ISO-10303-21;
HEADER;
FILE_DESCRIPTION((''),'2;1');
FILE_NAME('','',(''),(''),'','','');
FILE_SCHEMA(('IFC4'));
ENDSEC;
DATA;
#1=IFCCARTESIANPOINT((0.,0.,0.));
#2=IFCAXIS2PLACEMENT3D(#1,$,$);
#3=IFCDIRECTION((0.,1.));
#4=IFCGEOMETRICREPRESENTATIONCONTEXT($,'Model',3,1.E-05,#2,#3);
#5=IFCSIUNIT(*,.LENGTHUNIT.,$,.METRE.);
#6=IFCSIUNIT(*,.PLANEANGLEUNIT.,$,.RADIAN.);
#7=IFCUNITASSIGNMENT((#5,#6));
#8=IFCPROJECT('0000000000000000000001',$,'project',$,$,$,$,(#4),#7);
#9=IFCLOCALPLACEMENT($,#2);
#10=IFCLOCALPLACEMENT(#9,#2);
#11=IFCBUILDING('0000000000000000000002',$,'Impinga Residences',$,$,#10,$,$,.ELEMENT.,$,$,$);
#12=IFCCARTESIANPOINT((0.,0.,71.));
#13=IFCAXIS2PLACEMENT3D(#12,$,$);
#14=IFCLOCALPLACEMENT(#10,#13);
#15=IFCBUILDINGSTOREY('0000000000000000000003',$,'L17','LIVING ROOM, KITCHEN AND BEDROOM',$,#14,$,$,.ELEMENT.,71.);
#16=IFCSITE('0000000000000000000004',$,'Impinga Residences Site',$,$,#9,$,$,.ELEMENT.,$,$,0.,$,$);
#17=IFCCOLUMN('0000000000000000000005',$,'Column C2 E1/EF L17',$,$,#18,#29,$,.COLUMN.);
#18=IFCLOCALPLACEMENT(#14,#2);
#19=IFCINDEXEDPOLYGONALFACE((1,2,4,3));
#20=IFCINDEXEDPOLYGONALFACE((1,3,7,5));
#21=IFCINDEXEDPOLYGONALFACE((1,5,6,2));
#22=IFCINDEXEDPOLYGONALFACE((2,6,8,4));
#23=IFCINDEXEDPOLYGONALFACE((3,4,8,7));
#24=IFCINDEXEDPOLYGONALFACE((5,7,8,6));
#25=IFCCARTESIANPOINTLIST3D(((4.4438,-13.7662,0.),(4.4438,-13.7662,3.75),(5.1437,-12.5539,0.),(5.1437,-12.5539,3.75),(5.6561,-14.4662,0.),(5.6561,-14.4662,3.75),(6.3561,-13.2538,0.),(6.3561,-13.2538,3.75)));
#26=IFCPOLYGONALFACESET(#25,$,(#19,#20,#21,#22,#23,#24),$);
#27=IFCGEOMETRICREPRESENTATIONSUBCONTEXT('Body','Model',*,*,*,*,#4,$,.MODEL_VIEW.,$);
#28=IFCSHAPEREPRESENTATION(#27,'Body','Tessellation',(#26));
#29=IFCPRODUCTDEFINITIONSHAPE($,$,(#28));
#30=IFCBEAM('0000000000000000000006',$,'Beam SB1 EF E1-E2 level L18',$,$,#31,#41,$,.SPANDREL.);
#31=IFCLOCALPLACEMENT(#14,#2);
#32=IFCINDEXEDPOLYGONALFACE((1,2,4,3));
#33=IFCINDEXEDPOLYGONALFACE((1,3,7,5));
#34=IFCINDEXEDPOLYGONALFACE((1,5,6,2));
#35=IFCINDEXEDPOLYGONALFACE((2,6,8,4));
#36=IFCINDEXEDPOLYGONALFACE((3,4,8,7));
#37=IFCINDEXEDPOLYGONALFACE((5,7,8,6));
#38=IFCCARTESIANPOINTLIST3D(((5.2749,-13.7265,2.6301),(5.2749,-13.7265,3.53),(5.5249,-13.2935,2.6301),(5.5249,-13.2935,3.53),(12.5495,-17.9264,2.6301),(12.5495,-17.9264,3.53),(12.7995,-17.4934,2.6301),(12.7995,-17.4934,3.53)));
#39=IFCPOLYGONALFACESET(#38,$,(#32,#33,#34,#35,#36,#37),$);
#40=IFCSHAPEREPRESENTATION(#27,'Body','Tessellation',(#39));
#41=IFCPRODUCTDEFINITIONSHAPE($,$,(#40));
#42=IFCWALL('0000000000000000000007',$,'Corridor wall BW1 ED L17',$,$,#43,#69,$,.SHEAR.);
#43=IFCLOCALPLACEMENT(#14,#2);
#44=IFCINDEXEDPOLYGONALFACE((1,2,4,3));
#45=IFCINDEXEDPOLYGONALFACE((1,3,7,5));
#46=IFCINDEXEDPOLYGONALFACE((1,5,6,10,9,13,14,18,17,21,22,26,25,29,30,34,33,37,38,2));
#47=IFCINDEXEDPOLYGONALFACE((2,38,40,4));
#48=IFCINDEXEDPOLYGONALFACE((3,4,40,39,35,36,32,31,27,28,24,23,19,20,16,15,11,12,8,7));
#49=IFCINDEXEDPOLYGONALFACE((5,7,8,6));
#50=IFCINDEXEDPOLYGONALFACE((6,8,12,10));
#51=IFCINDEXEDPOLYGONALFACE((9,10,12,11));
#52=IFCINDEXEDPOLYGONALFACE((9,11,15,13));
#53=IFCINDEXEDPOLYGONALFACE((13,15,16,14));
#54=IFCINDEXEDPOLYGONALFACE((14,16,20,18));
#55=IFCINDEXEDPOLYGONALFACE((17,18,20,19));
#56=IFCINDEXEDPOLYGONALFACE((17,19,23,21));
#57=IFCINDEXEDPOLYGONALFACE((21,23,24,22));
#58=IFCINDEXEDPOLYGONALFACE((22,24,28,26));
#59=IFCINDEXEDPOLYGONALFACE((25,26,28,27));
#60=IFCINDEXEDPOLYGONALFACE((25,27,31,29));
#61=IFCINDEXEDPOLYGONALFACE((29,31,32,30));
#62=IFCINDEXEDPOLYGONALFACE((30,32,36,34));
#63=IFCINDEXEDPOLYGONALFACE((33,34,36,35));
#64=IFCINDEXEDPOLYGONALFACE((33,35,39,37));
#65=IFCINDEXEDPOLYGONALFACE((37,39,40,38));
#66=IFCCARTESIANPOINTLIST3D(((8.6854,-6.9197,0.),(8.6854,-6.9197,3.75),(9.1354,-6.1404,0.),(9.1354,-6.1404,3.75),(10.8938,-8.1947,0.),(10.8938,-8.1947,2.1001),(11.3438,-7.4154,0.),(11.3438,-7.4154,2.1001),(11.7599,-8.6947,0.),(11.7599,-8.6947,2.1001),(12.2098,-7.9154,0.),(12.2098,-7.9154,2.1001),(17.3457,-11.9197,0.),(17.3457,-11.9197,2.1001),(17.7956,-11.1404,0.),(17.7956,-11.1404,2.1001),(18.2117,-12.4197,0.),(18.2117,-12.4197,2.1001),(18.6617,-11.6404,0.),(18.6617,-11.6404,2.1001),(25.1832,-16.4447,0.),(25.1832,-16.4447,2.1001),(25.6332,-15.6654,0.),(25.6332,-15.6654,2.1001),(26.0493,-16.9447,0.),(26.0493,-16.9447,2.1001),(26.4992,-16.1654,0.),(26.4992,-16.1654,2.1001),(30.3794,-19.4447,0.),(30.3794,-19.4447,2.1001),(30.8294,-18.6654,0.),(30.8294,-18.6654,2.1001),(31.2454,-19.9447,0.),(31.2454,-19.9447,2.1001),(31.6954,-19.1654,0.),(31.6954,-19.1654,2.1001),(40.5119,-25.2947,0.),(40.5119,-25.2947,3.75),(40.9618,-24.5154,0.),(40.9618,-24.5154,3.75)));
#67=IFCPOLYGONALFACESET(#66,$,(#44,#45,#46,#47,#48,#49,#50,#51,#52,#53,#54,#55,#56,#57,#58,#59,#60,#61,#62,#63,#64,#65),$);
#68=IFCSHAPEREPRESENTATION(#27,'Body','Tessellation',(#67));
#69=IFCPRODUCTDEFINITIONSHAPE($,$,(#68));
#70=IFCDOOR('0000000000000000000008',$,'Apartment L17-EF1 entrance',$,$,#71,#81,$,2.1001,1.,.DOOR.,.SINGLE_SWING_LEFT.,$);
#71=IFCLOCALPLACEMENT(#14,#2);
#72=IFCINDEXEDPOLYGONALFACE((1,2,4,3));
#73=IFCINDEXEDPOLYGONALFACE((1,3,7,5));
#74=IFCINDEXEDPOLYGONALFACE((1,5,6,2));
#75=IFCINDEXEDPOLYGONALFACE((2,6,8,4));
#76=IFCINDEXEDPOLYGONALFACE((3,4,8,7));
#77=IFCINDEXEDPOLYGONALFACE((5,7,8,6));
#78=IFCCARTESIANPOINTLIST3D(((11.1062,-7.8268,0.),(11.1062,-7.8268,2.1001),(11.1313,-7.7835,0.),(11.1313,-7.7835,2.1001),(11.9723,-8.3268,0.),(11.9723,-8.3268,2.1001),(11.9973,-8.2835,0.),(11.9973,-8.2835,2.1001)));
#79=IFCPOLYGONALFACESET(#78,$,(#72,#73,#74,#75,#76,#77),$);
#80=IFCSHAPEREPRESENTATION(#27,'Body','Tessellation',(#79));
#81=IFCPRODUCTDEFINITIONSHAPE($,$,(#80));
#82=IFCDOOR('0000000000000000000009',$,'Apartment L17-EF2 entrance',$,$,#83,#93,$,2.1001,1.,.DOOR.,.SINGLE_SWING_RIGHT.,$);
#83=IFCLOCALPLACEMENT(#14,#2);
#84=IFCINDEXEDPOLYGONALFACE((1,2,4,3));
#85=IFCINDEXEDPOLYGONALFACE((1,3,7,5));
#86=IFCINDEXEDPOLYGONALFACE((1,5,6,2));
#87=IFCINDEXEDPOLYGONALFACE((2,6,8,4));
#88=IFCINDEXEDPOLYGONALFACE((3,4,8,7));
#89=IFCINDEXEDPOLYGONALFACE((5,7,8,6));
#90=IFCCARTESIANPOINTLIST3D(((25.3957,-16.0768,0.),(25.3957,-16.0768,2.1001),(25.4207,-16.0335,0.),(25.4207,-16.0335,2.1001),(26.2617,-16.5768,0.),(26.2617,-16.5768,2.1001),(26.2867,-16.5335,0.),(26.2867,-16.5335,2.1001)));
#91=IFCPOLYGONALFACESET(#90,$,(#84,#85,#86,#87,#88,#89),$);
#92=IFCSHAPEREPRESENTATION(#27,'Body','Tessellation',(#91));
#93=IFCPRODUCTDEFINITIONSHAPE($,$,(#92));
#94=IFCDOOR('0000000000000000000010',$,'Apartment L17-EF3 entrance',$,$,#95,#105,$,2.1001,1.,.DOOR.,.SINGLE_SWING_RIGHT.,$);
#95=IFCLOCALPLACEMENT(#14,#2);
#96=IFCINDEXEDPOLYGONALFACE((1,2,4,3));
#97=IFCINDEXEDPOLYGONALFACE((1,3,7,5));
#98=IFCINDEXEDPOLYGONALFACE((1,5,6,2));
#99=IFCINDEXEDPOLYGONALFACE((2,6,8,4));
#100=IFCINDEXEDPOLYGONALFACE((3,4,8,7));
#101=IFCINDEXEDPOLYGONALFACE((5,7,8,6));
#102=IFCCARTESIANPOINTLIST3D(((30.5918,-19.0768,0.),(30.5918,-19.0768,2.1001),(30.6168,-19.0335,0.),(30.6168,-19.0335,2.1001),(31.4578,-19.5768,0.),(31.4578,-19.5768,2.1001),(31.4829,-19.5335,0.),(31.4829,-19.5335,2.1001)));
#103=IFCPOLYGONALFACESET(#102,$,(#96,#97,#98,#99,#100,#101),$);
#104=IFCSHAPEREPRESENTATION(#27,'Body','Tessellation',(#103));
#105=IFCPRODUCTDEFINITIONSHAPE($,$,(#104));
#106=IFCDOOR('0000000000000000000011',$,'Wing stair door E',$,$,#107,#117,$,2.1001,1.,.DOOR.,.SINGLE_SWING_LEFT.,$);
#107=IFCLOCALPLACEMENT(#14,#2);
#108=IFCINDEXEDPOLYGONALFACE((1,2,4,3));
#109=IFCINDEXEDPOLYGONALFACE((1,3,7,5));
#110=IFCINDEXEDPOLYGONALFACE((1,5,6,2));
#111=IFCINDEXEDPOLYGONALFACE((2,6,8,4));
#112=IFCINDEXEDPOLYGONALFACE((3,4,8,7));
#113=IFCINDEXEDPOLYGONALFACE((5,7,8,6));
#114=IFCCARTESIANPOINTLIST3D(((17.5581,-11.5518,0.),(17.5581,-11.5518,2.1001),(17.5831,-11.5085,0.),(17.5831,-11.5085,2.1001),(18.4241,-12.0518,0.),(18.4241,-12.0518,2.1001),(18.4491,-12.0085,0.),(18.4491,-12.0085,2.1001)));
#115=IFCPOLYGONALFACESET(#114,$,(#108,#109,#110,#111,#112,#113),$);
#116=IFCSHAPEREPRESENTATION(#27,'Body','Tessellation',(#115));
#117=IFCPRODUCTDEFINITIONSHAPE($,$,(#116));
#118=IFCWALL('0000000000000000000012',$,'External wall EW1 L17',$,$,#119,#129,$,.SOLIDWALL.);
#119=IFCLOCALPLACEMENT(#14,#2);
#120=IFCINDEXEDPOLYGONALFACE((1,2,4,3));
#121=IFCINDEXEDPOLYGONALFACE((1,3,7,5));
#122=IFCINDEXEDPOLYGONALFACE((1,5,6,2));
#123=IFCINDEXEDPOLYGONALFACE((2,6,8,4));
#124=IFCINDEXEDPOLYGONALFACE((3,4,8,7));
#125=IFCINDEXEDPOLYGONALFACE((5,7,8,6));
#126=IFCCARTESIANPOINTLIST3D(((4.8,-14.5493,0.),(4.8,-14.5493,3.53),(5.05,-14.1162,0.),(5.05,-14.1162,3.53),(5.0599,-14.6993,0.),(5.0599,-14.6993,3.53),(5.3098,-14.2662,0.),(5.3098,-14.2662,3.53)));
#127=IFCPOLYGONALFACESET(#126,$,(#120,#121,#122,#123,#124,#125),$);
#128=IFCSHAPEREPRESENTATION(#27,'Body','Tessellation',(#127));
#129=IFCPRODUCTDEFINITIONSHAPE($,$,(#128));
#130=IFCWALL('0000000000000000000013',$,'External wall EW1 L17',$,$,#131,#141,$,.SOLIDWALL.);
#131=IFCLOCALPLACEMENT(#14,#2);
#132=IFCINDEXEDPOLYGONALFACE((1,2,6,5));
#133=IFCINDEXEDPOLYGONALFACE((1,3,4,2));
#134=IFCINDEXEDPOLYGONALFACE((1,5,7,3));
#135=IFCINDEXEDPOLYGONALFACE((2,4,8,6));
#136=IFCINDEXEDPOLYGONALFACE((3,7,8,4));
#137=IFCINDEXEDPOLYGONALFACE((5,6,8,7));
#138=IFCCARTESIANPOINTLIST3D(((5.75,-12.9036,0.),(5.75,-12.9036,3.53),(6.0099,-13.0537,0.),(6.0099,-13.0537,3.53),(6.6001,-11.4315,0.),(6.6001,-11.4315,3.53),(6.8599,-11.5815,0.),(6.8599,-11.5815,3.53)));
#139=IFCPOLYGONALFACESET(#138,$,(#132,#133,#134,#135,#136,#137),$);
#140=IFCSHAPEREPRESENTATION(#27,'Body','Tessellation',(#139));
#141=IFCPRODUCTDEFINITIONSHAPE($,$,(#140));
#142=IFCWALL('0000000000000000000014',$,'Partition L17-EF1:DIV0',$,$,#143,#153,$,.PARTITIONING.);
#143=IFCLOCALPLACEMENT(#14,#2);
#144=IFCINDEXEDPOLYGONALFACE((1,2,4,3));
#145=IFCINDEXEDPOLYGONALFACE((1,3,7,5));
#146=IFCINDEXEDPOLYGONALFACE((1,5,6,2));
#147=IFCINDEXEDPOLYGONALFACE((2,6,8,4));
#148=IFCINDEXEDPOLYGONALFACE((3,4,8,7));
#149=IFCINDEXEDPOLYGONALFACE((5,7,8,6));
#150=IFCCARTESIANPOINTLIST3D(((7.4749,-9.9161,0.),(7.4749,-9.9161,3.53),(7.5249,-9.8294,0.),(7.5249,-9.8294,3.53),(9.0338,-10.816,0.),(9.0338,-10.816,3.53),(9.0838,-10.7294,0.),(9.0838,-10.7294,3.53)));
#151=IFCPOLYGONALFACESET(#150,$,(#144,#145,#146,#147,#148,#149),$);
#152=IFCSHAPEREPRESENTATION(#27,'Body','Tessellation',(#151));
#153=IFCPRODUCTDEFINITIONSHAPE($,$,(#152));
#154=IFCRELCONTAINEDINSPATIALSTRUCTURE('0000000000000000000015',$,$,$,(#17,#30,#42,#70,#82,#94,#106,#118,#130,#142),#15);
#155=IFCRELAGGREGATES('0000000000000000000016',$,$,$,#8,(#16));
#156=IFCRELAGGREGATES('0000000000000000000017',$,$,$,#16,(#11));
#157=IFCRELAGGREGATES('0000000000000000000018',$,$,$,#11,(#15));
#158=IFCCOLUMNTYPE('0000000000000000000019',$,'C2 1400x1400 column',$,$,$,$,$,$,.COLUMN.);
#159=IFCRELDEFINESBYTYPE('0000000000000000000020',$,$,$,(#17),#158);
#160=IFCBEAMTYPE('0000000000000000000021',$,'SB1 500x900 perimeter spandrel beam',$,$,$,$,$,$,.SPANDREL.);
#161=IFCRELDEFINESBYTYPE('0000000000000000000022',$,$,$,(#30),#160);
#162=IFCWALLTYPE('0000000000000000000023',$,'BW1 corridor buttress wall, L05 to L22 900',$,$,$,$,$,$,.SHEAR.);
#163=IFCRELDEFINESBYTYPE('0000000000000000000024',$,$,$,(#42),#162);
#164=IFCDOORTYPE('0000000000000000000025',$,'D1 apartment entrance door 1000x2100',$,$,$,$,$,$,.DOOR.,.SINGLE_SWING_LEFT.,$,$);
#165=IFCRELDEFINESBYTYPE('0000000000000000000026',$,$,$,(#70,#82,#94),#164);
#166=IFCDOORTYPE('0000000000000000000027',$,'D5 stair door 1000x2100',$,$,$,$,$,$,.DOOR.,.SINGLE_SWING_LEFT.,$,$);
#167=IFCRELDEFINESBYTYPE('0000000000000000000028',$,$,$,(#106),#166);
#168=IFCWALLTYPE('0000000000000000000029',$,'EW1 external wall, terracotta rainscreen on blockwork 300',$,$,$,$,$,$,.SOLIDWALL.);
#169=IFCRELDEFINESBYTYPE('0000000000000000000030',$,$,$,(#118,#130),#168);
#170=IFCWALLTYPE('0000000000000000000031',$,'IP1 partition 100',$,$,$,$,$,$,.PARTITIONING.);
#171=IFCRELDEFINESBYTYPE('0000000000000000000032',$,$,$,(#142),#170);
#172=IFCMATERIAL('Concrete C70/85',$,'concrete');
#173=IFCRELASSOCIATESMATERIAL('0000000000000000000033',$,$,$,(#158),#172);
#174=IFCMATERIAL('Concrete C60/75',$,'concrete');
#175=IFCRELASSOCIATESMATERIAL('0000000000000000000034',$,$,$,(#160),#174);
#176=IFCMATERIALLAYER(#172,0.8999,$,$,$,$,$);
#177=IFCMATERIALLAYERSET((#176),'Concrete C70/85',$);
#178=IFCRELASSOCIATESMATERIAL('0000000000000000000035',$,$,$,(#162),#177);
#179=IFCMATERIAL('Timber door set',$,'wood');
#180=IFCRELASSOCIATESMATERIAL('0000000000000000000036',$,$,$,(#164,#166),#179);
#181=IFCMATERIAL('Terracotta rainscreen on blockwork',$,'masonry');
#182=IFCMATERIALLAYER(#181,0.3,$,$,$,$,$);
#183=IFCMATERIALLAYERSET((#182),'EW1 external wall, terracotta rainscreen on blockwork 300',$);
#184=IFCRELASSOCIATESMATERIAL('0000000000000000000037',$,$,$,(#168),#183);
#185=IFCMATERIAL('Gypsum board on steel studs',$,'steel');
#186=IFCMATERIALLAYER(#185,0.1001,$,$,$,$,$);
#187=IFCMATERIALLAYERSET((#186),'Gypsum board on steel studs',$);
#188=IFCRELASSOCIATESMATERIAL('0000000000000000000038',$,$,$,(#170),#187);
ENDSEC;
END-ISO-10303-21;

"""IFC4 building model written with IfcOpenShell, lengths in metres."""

from ifc_helpers import new_model, si_unit, direction, frame, frame_2d, origin, origin_2d, place, context, subcontext, project, spatial, rectangle, extrude, material, layer, layer_set, material_profile, profile_set, type_object, element, fill, save


model = new_model("IFC4")

# Units and contexts
model_context = context("Model", 3, precision=1e-05, world=origin(), true_north=direction((0.0, 1.0)))
body_context = subcontext(model_context, "Body", "Model", "MODEL_VIEW")
ifc_project = project(units=[si_unit("LENGTHUNIT", "METRE"), si_unit("PLANEANGLEUNIT", "RADIAN")], contexts=[model_context])

# Site, building, storey
site_placement = place(None, origin())
site = spatial("IfcSite", under=ifc_project, at=site_placement, Name="Impinga Residences Site", CompositionType="ELEMENT", RefElevation=0.0)
building_placement = place(site_placement, origin())
building = spatial("IfcBuilding", under=site, at=building_placement, Name="Impinga Residences", CompositionType="ELEMENT")
storey_placement = place(building_placement, frame((0.0, 0.0, 71.0)))
storey = spatial("IfcBuildingStorey", under=building, at=storey_placement, Name="L17", Description="LIVING ROOM, KITCHEN AND BEDROOM", CompositionType="ELEMENT", Elevation=71.0)

# Column
ifc_material_1 = material(Name="Concrete C70/85", Category="concrete")
ifc_material_profile_1 = material_profile(ifc_material_1, rectangle(XDim=1.3999, YDim=1.3999, at=origin_2d()), Name="RC 1400x1400")
ifc_profile_set_1 = profile_set([ifc_material_profile_1], Name="Concrete C70/85")
column_type = type_object("IfcColumnType", Name="C2 1400x1400 column", PredefinedType="COLUMN", material=ifc_profile_set_1)
column_placement = place(storey_placement, frame((5.3999, -13.51, 0.0), z_axis=(0.0, 0.0, 1.0), x_axis=(-0.5, -0.866025, 0.0)))
element("IfcColumn", 1, at=column_placement, inside=storey, type_object=column_type, Name="Column C2 E1/EF L17", PredefinedType="COLUMN", context=body_context, shape_type="SweptSolid", body=[
    extrude(rectangle(XDim=1.3999, YDim=1.3999, at=origin_2d()), origin(), (0.0, 0.0, 1.0), 3.75),
])

# Beam
ifc_material_2 = material(Name="Concrete C60/75", Category="concrete")
ifc_material_profile_2 = material_profile(ifc_material_2, rectangle(XDim=0.5, YDim=0.8999, at=origin_2d()), Name="RC 500x900")
ifc_profile_set_2 = profile_set([ifc_material_profile_2], Name="Concrete C60/75")
beam_type = type_object("IfcBeamType", Name="SB1 500x900 perimeter spandrel beam", PredefinedType="SPANDREL", material=ifc_profile_set_2)
beam_placement = place(storey_placement, frame((5.3999, -13.51, 3.0801), z_axis=(0.866029, -0.499993, 0.0), x_axis=(0.499993, 0.866029, 0.0)))
element("IfcBeam", 2, at=beam_placement, inside=storey, type_object=beam_type, Name="Beam SB1 EF E1-E2 level L18", PredefinedType="SPANDREL", context=body_context, shape_type="SweptSolid", body=[
    extrude(rectangle(XDim=0.5, YDim=0.8999, at=origin_2d()), origin(), (0.0, 0.0, 1.0), 8.3999),
])

# Wall, openings, doors
ifc_layer_1 = layer(ifc_material_1, 0.8999)
ifc_layer_set_1 = layer_set([ifc_layer_1], Name="Concrete C70/85")
wall_type_1 = type_object("IfcWallType", Name="BW1 corridor buttress wall, L05 to L22 900", PredefinedType="SHEAR", material=ifc_layer_set_1)
wall_1_placement = place(storey_placement, frame((8.9104, -6.53, 0.0), z_axis=(0.0, 0.0, 1.0), x_axis=(0.866025, -0.5, 0.0)))
wall_1 = element("IfcWall", 3, at=wall_1_placement, inside=storey, type_object=wall_type_1, Name="Corridor wall BW1 ED L17", PredefinedType="SHEAR", context=body_context, shape_type="SweptSolid", body=[
    extrude(rectangle(XDim=36.75, YDim=0.8999, at=frame_2d((18.375, 0.0))), origin(), (0.0, 0.0, 1.0), 3.75),
])
opening_1_placement = place(wall_1_placement, frame((10.0, 0.0, 0.0)))
opening_1 = element("IfcOpeningElement", 4, at=opening_1_placement, cuts=wall_1, PredefinedType="OPENING", context=body_context, shape_type="SweptSolid", body=[
    extrude(rectangle(XDim=1.0, YDim=2.1001, at=frame_2d((0.5, 1.05))), frame((0.0, 0.46, 0.0), z_axis=(0.0, -1.0, 0.0), x_axis=(1.0, 0.0, 0.0)), (0.0, 0.0, 1.0), 0.9199),
])
opening_2_placement = place(wall_1_placement, frame((2.55, 0.0, 0.0)))
opening_2 = element("IfcOpeningElement", 5, at=opening_2_placement, cuts=wall_1, PredefinedType="OPENING", context=body_context, shape_type="SweptSolid", body=[
    extrude(rectangle(XDim=1.0, YDim=2.1001, at=frame_2d((0.5, 1.05))), frame((0.0, 0.46, 0.0), z_axis=(0.0, -1.0, 0.0), x_axis=(1.0, 0.0, 0.0)), (0.0, 0.0, 1.0), 0.9199),
])
opening_3_placement = place(wall_1_placement, frame((19.05, 0.0, 0.0)))
opening_3 = element("IfcOpeningElement", 6, at=opening_3_placement, cuts=wall_1, PredefinedType="OPENING", context=body_context, shape_type="SweptSolid", body=[
    extrude(rectangle(XDim=1.0, YDim=2.1001, at=frame_2d((0.5, 1.05))), frame((0.0, 0.46, 0.0), z_axis=(0.0, -1.0, 0.0), x_axis=(1.0, 0.0, 0.0)), (0.0, 0.0, 1.0), 0.9199),
])
opening_4_placement = place(wall_1_placement, frame((25.05, 0.0, 0.0)))
opening_4 = element("IfcOpeningElement", 7, at=opening_4_placement, cuts=wall_1, PredefinedType="OPENING", context=body_context, shape_type="SweptSolid", body=[
    extrude(rectangle(XDim=1.0, YDim=2.1001, at=frame_2d((0.5, 1.05))), frame((0.0, 0.46, 0.0), z_axis=(0.0, -1.0, 0.0), x_axis=(1.0, 0.0, 0.0)), (0.0, 0.0, 1.0), 0.9199),
])
ifc_material_3 = material(Name="Timber door set", Category="wood")
door_type_1 = type_object("IfcDoorType", Name="D1 apartment entrance door 1000x2100", OperationType="SINGLE_SWING_LEFT", PredefinedType="DOOR", material=ifc_material_3)
door_1_placement = place(opening_2_placement, origin())
door_1 = element("IfcDoor", 8, at=door_1_placement, inside=storey, type_object=door_type_1, Name="Apartment L17-EF1 entrance", OperationType="SINGLE_SWING_LEFT", OverallHeight=2.1001, OverallWidth=1.0, PredefinedType="DOOR", context=body_context, shape_type="SweptSolid", body=[
    extrude(rectangle(XDim=1.0, YDim=2.1001, at=frame_2d((0.5, 1.05))), frame((0.0, 0.0249, 0.0), z_axis=(0.0, -1.0, 0.0), x_axis=(1.0, 0.0, 0.0)), (0.0, 0.0, 1.0), 0.05),
])
fill(opening_2, door_1)
door_2_placement = place(opening_3_placement, origin())
door_2 = element("IfcDoor", 9, at=door_2_placement, inside=storey, type_object=door_type_1, Name="Apartment L17-EF2 entrance", OperationType="SINGLE_SWING_RIGHT", OverallHeight=2.1001, OverallWidth=1.0, PredefinedType="DOOR", context=body_context, shape_type="SweptSolid", body=[
    extrude(rectangle(XDim=1.0, YDim=2.1001, at=frame_2d((0.5, 1.05))), frame((0.0, 0.0249, 0.0), z_axis=(0.0, -1.0, 0.0), x_axis=(1.0, 0.0, 0.0)), (0.0, 0.0, 1.0), 0.05),
])
fill(opening_3, door_2)
door_3_placement = place(opening_4_placement, origin())
door_3 = element("IfcDoor", 10, at=door_3_placement, inside=storey, type_object=door_type_1, Name="Apartment L17-EF3 entrance", OperationType="SINGLE_SWING_RIGHT", OverallHeight=2.1001, OverallWidth=1.0, PredefinedType="DOOR", context=body_context, shape_type="SweptSolid", body=[
    extrude(rectangle(XDim=1.0, YDim=2.1001, at=frame_2d((0.5, 1.05))), frame((0.0, 0.0249, 0.0), z_axis=(0.0, -1.0, 0.0), x_axis=(1.0, 0.0, 0.0)), (0.0, 0.0, 1.0), 0.05),
])
fill(opening_4, door_3)
door_type_2 = type_object("IfcDoorType", Name="D5 stair door 1000x2100", OperationType="SINGLE_SWING_LEFT", PredefinedType="DOOR", material=ifc_material_3)
door_4_placement = place(opening_1_placement, origin())
door_4 = element("IfcDoor", 11, at=door_4_placement, inside=storey, type_object=door_type_2, Name="Wing stair door E", OperationType="SINGLE_SWING_LEFT", OverallHeight=2.1001, OverallWidth=1.0, PredefinedType="DOOR", context=body_context, shape_type="SweptSolid", body=[
    extrude(rectangle(XDim=1.0, YDim=2.1001, at=frame_2d((0.5, 1.05))), frame((0.0, 0.0249, 0.0), z_axis=(0.0, -1.0, 0.0), x_axis=(1.0, 0.0, 0.0)), (0.0, 0.0, 1.0), 0.05),
])
fill(opening_1, door_4)

# Walls
ifc_material_4 = material(Name="Terracotta rainscreen on blockwork", Category="masonry")
ifc_layer_2 = layer(ifc_material_4, 0.3)
ifc_layer_set_2 = layer_set([ifc_layer_2], Name="EW1 external wall, terracotta rainscreen on blockwork 300")
wall_type_2 = type_object("IfcWallType", Name="EW1 external wall, terracotta rainscreen on blockwork 300", PredefinedType="SOLIDWALL", material=ifc_layer_set_2)
wall_2_placement = place(storey_placement, frame((4.9299, -14.6243, 0.0), z_axis=(0.0, 0.0, 1.0), x_axis=(0.49992, 0.866072, 0.0)))
element("IfcWall", 12, at=wall_2_placement, inside=storey, type_object=wall_type_2, Name="External wall EW1 L17", PredefinedType="SOLIDWALL", context=body_context, shape_type="SweptSolid", body=[
    extrude(rectangle(XDim=0.5, YDim=0.3, at=frame_2d((0.25, 0.0))), origin(), (0.0, 0.0, 1.0), 3.53),
])
wall_3_placement = place(storey_placement, frame((5.8799, -12.9788, 0.0), z_axis=(0.0, 0.0, 1.0), x_axis=(0.500062, 0.865989, 0.0)))
element("IfcWall", 13, at=wall_3_placement, inside=storey, type_object=wall_type_2, Name="External wall EW1 L17", PredefinedType="SOLIDWALL", context=body_context, shape_type="SweptSolid", body=[
    extrude(rectangle(XDim=1.7, YDim=0.3, at=frame_2d((0.8501, 0.0))), origin(), (0.0, 0.0, 1.0), 3.53),
])
ifc_material_5 = material(Name="Gypsum board on steel studs", Category="steel")
ifc_layer_3 = layer(ifc_material_5, 0.1001)
ifc_layer_set_3 = layer_set([ifc_layer_3], Name="Gypsum board on steel studs")
wall_type_3 = type_object("IfcWallType", Name="IP1 partition 100", PredefinedType="PARTITIONING", material=ifc_layer_set_3)
wall_4_placement = place(storey_placement, frame((7.5, -9.8728, 0.0), z_axis=(0.0, 0.0, 1.0), x_axis=(0.866048, -0.499961, 0.0)))
element("IfcWall", 14, at=wall_4_placement, inside=storey, type_object=wall_type_3, Name="Partition L17-EF1:DIV0", PredefinedType="PARTITIONING", context=body_context, shape_type="SweptSolid", body=[
    extrude(rectangle(XDim=1.8, YDim=0.1001, at=frame_2d((0.8999, 0.0))), origin(), (0.0, 0.0, 1.0), 3.53),
])

save(model, "model.ifc")
